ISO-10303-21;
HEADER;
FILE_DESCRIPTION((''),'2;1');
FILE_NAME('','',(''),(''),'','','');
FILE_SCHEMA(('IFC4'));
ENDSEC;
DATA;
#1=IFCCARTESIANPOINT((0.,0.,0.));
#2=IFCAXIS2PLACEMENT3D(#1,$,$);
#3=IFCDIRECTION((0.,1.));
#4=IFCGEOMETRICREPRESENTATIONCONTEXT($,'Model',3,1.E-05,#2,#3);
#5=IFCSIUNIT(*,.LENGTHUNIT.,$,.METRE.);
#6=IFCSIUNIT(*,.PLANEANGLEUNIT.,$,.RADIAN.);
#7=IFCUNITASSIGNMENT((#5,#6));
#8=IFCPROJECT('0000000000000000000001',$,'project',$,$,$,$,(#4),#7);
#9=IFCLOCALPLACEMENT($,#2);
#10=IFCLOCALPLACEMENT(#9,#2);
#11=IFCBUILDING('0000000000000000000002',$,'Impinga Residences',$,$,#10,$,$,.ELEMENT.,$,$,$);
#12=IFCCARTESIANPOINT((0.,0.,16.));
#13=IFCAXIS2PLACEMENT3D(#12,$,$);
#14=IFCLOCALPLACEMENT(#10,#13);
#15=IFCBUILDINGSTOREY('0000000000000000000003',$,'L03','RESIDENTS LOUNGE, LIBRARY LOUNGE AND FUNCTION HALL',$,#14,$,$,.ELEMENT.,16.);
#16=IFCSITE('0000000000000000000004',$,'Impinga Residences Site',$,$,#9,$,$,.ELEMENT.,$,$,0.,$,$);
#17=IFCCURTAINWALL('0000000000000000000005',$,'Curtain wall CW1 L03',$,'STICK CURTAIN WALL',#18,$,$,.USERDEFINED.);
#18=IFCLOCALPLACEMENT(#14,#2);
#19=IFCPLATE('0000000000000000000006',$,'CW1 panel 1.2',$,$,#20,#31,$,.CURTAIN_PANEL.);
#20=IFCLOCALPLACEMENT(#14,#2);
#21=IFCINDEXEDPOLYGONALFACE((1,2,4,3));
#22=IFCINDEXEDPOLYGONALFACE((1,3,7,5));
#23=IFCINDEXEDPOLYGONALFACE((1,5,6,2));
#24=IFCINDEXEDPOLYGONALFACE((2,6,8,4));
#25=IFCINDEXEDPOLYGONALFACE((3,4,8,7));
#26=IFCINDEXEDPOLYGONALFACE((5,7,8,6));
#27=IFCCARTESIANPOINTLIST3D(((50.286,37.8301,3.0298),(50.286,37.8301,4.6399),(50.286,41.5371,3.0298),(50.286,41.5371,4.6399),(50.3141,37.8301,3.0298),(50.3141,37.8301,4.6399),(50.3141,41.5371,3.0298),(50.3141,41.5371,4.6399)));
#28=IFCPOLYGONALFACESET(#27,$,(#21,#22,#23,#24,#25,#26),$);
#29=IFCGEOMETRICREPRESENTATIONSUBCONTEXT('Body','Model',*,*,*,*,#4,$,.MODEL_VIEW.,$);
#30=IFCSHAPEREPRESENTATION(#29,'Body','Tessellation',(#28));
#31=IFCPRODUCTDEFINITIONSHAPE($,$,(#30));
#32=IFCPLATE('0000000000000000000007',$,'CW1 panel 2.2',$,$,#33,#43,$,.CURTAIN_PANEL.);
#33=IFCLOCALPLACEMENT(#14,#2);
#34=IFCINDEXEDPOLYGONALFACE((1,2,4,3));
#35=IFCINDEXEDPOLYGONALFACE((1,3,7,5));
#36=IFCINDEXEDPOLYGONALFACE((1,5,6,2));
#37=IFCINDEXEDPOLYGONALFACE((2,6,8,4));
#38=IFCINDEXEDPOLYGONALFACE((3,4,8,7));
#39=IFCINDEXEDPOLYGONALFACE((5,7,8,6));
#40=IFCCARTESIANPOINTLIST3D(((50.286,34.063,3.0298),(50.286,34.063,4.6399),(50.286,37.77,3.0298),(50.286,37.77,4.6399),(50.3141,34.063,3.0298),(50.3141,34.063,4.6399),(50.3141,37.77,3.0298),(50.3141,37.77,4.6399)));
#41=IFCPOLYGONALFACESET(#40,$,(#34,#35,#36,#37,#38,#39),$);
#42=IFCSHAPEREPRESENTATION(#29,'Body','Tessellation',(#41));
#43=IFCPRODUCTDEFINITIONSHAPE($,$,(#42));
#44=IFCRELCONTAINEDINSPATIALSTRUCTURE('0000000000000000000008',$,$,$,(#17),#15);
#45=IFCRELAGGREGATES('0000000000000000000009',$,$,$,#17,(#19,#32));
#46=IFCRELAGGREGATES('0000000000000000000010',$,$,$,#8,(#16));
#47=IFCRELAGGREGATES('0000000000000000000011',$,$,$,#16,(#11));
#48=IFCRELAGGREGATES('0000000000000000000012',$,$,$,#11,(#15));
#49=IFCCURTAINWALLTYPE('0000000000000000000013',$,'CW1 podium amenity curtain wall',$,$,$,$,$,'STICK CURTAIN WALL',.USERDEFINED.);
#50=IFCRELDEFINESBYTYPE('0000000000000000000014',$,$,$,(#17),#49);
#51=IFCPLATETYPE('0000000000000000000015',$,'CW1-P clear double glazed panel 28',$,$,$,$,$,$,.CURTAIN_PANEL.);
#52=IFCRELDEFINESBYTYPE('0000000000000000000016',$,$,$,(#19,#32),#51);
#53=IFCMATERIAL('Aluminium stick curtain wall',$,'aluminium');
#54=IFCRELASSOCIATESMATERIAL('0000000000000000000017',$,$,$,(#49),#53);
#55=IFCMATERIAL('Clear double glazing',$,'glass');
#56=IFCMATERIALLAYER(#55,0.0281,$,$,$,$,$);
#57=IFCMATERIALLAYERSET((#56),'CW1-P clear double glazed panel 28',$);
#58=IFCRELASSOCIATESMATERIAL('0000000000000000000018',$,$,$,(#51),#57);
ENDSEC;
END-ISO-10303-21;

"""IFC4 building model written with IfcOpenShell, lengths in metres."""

from ifc_helpers import new_model, si_unit, direction, frame, origin, origin_2d, place, context, subcontext, project, spatial, rectangle, extrude, material, layer, layer_set, type_object, element, aggregate, save


model = new_model("IFC4")

# Units and contexts
model_context = context("Model", 3, precision=1e-05, world=origin(), true_north=direction((0.0, 1.0)))
body_context = subcontext(model_context, "Body", "Model", "MODEL_VIEW")
ifc_project = project(units=[si_unit("LENGTHUNIT", "METRE"), si_unit("PLANEANGLEUNIT", "RADIAN")], contexts=[model_context])

# Site, building, storey
site_placement = place(None, origin())
site = spatial("IfcSite", under=ifc_project, at=site_placement, Name="Impinga Residences Site", CompositionType="ELEMENT", RefElevation=0.0)
building_placement = place(site_placement, origin())
building = spatial("IfcBuilding", under=site, at=building_placement, Name="Impinga Residences", CompositionType="ELEMENT")
storey_placement = place(building_placement, frame((0.0, 0.0, 16.0)))
storey = spatial("IfcBuildingStorey", under=building, at=storey_placement, Name="L03", Description="RESIDENTS LOUNGE, LIBRARY LOUNGE AND FUNCTION HALL", CompositionType="ELEMENT", Elevation=16.0)

# Shared definitions
ifc_material_1 = material(Name="Aluminium stick curtain wall", Category="aluminium")
curtain_wall_type = type_object("IfcCurtainWallType", Name="CW1 podium amenity curtain wall", ElementType="STICK CURTAIN WALL", PredefinedType="USERDEFINED", material=ifc_material_1)

# Curtain wall
curtain_wall_1_placement = place(storey_placement, origin())
curtain_wall_1 = element("IfcCurtainWall", 1, at=curtain_wall_1_placement, inside=storey, type_object=curtain_wall_type, Name="Curtain wall CW1 L03", ObjectType="STICK CURTAIN WALL", PredefinedType="USERDEFINED")

# Plates
ifc_material_2 = material(Name="Clear double glazing", Category="glass")
ifc_layer = layer(ifc_material_2, 0.0281)
ifc_layer_set = layer_set([ifc_layer], Name="CW1-P clear double glazed panel 28")
plate_type = type_object("IfcPlateType", Name="CW1-P clear double glazed panel 28", PredefinedType="CURTAIN_PANEL", material=ifc_layer_set)
plate_1_placement = place(storey_placement, frame((50.3, 39.6836, 3.0298), z_axis=(0.0, 0.0, 1.0), x_axis=(0.0, -1.0, 0.0)))
plate_1 = element("IfcPlate", 2, at=plate_1_placement, type_object=plate_type, Name="CW1 panel 1.2", PredefinedType="CURTAIN_PANEL", context=body_context, shape_type="SweptSolid", body=[
    extrude(rectangle(XDim=3.707, YDim=0.0281, at=origin_2d()), origin(), (0.0, 0.0, 1.0), 1.6101),
])
plate_2_placement = place(storey_placement, frame((50.3, 35.9165, 3.0298), z_axis=(0.0, 0.0, 1.0), x_axis=(0.0, -1.0, 0.0)))
plate_2 = element("IfcPlate", 3, at=plate_2_placement, type_object=plate_type, Name="CW1 panel 2.2", PredefinedType="CURTAIN_PANEL", context=body_context, shape_type="SweptSolid", body=[
    extrude(rectangle(XDim=3.707, YDim=0.0281, at=origin_2d()), origin(), (0.0, 0.0, 1.0), 1.6101),
])
aggregate(curtain_wall_1, [plate_1, plate_2])

save(model, "model.ifc")
